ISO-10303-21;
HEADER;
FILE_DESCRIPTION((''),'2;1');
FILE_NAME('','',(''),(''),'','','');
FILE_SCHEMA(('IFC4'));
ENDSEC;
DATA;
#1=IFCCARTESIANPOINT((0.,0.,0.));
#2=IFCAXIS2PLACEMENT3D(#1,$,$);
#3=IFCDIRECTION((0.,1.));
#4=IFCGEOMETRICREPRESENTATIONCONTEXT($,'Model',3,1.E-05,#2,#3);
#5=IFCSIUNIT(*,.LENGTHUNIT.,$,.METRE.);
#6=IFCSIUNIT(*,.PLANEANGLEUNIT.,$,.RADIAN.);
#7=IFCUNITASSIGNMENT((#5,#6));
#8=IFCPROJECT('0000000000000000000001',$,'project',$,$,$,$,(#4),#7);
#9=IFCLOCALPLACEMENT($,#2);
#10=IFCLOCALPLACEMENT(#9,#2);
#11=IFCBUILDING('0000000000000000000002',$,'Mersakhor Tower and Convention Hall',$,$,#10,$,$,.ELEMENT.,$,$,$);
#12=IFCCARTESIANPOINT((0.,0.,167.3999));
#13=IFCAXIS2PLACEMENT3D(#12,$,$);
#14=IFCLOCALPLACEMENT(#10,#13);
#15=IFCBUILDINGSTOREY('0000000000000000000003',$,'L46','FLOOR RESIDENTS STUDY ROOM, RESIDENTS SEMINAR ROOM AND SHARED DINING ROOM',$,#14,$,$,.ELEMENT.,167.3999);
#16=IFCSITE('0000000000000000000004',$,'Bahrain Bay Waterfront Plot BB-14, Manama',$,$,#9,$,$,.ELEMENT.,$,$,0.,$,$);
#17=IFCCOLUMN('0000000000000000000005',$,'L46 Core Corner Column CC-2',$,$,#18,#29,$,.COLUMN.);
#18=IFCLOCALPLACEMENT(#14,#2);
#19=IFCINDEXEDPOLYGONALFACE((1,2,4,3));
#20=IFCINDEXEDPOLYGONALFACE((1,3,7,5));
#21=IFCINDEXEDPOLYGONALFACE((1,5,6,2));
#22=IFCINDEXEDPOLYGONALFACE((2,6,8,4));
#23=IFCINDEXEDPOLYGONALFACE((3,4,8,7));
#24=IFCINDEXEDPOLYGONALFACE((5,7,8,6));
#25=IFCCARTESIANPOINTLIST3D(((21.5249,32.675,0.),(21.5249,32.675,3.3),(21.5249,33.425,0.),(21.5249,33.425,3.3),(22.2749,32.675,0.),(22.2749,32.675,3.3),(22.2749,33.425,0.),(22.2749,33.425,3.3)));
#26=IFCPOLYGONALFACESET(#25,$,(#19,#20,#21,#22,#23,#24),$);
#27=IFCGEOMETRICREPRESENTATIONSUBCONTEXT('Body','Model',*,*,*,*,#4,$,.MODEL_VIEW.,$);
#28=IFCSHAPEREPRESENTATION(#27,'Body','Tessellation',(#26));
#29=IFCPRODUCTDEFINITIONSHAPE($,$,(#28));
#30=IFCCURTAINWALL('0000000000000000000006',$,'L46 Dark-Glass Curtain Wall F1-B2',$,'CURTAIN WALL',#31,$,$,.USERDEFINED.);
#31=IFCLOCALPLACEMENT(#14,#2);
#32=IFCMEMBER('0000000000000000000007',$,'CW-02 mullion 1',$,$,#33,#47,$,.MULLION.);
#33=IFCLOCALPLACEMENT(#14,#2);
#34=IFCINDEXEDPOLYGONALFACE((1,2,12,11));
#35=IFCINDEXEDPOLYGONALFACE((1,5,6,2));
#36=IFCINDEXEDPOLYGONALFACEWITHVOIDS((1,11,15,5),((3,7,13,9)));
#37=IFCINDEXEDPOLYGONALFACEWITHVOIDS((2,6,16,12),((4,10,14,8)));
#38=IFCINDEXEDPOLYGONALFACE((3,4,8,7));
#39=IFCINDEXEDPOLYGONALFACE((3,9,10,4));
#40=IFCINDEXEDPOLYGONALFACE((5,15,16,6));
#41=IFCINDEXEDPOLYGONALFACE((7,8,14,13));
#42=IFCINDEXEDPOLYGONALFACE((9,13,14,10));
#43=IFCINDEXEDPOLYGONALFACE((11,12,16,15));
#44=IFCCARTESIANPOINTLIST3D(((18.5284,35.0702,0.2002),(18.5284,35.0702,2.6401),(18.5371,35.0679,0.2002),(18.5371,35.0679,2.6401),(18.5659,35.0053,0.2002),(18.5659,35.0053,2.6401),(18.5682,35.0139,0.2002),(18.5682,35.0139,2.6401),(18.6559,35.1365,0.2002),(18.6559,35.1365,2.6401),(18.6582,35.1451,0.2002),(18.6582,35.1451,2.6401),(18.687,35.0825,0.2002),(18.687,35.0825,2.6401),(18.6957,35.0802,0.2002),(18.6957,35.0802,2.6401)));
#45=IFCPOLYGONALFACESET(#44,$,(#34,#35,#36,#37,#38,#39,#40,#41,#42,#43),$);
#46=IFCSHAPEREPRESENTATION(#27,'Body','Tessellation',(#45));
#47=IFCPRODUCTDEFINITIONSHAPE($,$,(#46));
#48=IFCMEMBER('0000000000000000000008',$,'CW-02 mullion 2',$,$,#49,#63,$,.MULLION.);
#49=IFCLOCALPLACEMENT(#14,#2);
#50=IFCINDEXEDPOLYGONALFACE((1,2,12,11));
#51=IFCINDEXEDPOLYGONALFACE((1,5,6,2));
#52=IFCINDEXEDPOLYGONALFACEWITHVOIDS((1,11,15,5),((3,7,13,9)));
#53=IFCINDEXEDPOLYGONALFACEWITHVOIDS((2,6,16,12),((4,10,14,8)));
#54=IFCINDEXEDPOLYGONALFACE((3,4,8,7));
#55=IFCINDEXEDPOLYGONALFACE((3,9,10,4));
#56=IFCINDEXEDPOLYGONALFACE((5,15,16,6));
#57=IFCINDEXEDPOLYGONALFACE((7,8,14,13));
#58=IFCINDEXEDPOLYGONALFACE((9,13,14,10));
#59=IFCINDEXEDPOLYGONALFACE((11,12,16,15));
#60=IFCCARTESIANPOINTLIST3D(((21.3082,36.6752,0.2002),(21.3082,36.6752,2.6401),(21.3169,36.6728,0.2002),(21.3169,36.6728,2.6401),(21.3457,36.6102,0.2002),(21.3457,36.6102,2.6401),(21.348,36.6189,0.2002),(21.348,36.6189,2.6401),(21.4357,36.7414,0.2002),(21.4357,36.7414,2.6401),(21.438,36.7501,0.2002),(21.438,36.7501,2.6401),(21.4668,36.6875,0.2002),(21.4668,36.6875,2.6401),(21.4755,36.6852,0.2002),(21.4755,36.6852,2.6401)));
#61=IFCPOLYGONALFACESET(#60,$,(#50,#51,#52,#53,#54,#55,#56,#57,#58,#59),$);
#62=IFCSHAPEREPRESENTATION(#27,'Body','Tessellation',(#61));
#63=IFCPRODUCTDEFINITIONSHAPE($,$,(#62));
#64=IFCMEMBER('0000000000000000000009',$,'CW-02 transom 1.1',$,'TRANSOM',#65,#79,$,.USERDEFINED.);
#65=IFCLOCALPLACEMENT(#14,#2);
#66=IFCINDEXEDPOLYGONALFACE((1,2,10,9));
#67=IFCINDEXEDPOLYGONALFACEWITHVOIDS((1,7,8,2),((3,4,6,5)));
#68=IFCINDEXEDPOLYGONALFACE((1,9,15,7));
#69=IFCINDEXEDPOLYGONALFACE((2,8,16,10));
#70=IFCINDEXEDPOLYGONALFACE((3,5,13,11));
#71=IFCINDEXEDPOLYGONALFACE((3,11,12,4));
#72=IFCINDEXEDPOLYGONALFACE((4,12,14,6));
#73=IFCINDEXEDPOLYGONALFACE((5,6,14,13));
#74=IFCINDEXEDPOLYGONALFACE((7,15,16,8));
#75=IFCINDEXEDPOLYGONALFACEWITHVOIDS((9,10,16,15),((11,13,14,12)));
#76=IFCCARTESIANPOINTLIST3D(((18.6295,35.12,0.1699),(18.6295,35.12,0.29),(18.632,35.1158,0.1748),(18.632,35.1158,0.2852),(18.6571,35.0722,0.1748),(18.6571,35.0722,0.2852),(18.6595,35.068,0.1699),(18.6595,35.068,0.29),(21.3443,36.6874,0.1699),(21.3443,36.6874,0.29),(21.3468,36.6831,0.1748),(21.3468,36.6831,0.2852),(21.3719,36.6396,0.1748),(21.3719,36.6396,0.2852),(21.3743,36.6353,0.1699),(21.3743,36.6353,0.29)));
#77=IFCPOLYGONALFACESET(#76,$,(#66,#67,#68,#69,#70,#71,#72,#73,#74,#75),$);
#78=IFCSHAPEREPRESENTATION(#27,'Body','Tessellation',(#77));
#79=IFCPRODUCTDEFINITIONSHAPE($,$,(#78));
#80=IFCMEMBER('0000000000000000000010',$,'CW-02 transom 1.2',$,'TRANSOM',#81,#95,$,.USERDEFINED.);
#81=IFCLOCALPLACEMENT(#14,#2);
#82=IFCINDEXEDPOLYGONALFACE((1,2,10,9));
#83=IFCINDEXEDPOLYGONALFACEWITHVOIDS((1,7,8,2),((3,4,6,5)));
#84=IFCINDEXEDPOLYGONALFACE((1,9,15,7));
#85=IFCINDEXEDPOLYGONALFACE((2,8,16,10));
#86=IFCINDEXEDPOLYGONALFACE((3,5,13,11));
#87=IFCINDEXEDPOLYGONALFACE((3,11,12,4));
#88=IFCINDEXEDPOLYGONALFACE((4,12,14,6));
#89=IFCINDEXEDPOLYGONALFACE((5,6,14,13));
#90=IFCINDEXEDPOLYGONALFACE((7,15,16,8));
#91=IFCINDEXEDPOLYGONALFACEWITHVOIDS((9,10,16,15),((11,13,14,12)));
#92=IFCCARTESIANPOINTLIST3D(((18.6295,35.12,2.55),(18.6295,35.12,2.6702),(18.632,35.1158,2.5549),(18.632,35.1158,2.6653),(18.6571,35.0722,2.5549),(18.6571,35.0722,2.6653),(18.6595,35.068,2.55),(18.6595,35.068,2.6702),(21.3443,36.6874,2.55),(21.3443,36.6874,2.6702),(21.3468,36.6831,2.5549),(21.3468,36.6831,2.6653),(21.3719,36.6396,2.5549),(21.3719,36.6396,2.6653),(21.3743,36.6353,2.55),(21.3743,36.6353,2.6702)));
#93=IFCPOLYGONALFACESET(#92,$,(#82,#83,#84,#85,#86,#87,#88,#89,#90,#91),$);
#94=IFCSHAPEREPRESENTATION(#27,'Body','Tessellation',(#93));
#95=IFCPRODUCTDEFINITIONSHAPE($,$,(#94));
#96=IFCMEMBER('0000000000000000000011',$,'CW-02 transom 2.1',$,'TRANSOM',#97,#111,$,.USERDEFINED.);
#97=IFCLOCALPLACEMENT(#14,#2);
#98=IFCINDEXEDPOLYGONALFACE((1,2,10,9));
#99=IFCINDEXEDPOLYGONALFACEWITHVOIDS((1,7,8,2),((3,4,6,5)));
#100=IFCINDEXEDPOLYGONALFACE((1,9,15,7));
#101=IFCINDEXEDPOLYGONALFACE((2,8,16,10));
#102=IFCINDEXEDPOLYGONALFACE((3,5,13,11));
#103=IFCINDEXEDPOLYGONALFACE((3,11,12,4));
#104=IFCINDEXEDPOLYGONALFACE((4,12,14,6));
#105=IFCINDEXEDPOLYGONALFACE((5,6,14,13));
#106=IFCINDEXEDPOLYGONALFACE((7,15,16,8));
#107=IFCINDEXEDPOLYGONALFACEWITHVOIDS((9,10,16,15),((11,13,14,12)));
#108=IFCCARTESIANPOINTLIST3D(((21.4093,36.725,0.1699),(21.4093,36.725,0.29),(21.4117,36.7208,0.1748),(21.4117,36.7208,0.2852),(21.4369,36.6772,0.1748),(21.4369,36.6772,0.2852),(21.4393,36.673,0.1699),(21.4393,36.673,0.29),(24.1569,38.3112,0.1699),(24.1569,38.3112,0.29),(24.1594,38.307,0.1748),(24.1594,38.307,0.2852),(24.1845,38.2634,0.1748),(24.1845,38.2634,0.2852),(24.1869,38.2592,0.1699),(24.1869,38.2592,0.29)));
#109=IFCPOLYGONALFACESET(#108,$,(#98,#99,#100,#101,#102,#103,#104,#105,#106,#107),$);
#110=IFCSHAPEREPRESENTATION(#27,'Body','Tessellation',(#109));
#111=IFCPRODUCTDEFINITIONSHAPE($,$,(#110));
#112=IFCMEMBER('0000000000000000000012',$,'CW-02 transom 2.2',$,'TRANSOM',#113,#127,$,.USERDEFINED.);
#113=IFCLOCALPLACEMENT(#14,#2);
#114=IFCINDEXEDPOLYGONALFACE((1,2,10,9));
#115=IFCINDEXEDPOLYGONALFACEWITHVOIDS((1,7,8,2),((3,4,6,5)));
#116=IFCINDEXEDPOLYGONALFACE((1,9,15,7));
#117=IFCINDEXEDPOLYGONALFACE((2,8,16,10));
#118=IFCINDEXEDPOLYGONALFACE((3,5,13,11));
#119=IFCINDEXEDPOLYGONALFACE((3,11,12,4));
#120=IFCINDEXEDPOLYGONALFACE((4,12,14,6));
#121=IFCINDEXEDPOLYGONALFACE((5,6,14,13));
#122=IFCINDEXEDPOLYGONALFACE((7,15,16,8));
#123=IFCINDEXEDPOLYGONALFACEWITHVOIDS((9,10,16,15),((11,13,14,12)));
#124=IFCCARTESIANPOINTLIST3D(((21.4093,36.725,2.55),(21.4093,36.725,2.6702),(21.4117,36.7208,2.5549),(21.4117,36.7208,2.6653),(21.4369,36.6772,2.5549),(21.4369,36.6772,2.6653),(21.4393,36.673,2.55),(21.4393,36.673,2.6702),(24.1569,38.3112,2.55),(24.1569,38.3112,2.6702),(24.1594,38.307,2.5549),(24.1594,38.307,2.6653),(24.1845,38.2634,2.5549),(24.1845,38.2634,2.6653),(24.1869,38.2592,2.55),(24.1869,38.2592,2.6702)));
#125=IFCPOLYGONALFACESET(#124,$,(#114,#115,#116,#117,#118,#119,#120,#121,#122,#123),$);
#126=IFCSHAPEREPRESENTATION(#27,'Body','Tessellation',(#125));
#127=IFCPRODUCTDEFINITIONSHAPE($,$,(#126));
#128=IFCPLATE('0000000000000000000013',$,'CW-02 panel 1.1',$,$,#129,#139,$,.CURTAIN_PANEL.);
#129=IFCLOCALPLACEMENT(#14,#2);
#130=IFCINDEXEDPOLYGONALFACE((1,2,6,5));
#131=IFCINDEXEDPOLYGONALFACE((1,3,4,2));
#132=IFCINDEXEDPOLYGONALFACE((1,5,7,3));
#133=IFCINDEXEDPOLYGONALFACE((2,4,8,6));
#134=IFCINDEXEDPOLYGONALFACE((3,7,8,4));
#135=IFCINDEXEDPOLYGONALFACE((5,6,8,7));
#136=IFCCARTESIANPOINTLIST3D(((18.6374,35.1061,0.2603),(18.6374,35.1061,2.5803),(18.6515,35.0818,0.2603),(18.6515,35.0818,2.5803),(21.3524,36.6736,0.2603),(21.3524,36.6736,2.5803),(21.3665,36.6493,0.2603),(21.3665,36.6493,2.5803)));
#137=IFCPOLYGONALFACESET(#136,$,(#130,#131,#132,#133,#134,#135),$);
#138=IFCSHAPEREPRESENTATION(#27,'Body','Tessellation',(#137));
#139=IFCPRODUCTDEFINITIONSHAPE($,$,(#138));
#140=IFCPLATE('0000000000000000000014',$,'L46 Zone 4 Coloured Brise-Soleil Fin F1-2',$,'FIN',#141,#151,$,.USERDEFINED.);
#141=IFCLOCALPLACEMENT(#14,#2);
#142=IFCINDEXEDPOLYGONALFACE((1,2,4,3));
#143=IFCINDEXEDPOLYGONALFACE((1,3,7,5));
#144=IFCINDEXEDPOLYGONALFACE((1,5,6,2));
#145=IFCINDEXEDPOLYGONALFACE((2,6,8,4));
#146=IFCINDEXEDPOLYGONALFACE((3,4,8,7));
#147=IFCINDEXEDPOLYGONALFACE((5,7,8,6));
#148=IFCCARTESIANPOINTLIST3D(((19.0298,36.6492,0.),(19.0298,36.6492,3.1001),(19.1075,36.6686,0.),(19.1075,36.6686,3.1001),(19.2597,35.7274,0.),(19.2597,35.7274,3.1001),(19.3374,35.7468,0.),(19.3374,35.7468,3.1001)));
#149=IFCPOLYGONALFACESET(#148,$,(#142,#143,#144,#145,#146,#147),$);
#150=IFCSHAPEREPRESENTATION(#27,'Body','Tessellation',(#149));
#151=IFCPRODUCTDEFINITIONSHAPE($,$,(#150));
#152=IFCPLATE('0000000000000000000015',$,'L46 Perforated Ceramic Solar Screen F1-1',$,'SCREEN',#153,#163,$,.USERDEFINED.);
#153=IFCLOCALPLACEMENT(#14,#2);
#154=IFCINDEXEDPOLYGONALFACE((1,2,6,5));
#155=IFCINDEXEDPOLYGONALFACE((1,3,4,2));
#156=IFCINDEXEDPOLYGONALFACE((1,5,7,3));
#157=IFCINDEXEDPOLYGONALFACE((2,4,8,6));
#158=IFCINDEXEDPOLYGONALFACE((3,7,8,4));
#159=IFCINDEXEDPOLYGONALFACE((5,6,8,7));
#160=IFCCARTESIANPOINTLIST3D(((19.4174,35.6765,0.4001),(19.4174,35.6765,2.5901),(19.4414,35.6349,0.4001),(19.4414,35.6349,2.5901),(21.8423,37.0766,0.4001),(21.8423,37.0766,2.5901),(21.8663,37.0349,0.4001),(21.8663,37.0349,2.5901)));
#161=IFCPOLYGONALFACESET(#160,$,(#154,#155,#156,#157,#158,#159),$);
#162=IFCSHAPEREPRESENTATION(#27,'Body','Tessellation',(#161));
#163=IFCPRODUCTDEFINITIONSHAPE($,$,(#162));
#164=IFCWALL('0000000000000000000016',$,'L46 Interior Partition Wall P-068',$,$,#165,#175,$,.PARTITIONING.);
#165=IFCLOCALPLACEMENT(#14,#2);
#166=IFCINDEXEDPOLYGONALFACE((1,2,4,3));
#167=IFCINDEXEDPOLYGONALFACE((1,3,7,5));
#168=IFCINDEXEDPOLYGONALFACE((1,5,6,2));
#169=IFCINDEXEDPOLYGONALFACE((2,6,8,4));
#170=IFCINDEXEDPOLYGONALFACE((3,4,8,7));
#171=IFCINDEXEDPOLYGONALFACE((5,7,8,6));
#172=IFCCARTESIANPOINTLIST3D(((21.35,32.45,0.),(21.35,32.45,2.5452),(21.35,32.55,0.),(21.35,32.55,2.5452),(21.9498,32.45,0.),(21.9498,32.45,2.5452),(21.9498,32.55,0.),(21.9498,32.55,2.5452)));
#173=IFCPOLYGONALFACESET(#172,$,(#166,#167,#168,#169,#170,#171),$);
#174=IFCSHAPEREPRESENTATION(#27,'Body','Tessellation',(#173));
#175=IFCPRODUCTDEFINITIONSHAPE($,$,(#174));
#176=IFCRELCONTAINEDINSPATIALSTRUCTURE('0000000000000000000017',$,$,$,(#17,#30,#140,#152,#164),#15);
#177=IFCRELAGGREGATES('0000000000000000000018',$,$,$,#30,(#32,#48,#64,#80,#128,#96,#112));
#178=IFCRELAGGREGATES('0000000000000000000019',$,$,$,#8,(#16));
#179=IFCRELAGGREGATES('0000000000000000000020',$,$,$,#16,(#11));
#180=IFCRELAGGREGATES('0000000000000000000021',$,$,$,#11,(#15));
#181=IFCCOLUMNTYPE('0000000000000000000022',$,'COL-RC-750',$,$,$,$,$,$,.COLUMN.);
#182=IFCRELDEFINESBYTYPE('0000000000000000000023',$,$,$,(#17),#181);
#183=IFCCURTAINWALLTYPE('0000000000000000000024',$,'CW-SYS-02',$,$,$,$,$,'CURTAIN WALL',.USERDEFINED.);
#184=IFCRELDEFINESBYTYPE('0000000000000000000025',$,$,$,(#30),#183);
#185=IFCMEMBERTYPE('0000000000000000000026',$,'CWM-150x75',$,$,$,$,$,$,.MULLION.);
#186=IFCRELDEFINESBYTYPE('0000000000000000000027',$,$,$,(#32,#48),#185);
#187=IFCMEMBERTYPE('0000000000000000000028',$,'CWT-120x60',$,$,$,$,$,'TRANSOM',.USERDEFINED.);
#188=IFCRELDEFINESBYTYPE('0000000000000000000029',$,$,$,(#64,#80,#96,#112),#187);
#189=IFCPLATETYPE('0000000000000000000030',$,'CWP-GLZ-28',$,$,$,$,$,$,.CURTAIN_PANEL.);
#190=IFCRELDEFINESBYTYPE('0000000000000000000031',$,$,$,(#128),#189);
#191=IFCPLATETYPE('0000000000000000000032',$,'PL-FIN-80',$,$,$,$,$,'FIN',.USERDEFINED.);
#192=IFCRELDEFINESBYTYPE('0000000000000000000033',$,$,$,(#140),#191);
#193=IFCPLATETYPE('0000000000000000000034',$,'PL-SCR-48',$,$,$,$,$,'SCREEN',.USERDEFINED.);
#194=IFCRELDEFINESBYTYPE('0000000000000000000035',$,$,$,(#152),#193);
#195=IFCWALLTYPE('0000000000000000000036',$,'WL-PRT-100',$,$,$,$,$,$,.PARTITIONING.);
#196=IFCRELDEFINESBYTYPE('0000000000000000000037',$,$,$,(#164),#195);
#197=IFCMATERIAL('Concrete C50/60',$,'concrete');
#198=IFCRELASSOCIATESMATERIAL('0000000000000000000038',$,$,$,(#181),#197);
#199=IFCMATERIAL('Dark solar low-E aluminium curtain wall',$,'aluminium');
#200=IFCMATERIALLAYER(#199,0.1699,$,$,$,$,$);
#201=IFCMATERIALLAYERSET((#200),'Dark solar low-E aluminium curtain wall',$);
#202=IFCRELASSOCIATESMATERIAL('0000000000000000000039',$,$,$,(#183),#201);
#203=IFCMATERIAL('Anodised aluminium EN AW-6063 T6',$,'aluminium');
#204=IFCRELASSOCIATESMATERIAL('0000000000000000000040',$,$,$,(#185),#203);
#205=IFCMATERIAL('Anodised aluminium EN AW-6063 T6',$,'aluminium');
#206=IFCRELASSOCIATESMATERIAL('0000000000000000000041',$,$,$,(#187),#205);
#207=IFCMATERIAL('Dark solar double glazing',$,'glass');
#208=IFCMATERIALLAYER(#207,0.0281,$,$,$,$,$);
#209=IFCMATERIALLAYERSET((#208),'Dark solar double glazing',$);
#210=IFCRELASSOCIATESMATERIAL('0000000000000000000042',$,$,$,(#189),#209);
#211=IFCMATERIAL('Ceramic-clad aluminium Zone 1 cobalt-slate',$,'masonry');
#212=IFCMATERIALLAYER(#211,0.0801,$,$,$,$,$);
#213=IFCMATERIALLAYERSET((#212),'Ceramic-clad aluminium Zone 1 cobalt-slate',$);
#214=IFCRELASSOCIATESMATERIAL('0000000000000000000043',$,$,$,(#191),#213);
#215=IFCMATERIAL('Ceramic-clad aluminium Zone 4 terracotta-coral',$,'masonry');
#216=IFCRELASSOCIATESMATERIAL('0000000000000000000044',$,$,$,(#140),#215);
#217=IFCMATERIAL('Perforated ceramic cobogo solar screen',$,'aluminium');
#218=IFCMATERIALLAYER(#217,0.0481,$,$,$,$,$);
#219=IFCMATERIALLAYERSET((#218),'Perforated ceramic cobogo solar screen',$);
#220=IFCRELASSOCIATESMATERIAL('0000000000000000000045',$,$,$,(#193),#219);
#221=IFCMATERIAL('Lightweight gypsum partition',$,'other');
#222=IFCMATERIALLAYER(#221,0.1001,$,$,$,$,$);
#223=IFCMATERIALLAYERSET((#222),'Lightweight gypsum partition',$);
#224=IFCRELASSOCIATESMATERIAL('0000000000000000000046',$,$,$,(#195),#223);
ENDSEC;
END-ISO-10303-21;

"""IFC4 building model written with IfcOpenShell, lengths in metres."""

from ifc_helpers import new_model, si_unit, direction, frame, frame_2d, origin, origin_2d, place, context, subcontext, project, spatial, rectangle, hollow_rectangle, extrude, material, layer, layer_set, material_profile, profile_set, type_object, element, aggregate, save


model = new_model("IFC4")

# Units and contexts
model_context = context("Model", 3, precision=1e-05, world=origin(), true_north=direction((0.0, 1.0)))
body_context = subcontext(model_context, "Body", "Model", "MODEL_VIEW")
ifc_project = project(units=[si_unit("LENGTHUNIT", "METRE"), si_unit("PLANEANGLEUNIT", "RADIAN")], contexts=[model_context])

# Site, building, storey
site_placement = place(None, origin())
site = spatial("IfcSite", under=ifc_project, at=site_placement, Name="Bahrain Bay Waterfront Plot BB-14, Manama", CompositionType="ELEMENT", RefElevation=0.0)
building_placement = place(site_placement, origin())
building = spatial("IfcBuilding", under=site, at=building_placement, Name="Mersakhor Tower and Convention Hall", CompositionType="ELEMENT")
storey_placement = place(building_placement, frame((0.0, 0.0, 167.3999)))
storey = spatial("IfcBuildingStorey", under=building, at=storey_placement, Name="L46", Description="FLOOR RESIDENTS STUDY ROOM, RESIDENTS SEMINAR ROOM AND SHARED DINING ROOM", CompositionType="ELEMENT", Elevation=167.3999)

# Column
ifc_material_1 = material(Name="Concrete C50/60", Category="concrete")
ifc_material_profile_1 = material_profile(ifc_material_1, rectangle(XDim=0.75, YDim=0.75, at=origin_2d()), Name="RC 750x750")
ifc_profile_set_1 = profile_set([ifc_material_profile_1], Name="Concrete C50/60")
column_type = type_object("IfcColumnType", Name="COL-RC-750", PredefinedType="COLUMN", material=ifc_profile_set_1)
column_placement = place(storey_placement, frame((21.8999, 33.05, 0.0), z_axis=(0.0, 0.0, 1.0), x_axis=(1.0, 0.0, 0.0)))
element("IfcColumn", 1, at=column_placement, inside=storey, type_object=column_type, Name="L46 Core Corner Column CC-2", PredefinedType="COLUMN", context=body_context, shape_type="SweptSolid", body=[
    extrude(rectangle(XDim=0.75, YDim=0.75, at=origin_2d()), origin(), (0.0, 0.0, 1.0), 3.3),
])

# Curtain wall, members, plate
ifc_material_2 = material(Name="Dark solar low-E aluminium curtain wall", Category="aluminium")
ifc_layer_1 = layer(ifc_material_2, 0.1699)
ifc_layer_set_1 = layer_set([ifc_layer_1], Name="Dark solar low-E aluminium curtain wall")
curtain_wall_type = type_object("IfcCurtainWallType", Name="CW-SYS-02", ElementType="CURTAIN WALL", PredefinedType="USERDEFINED", material=ifc_layer_set_1)
curtain_wall_placement = place(storey_placement, origin())
curtain_wall = element("IfcCurtainWall", 2, at=curtain_wall_placement, inside=storey, type_object=curtain_wall_type, Name="L46 Dark-Glass Curtain Wall F1-B2", ObjectType="CURTAIN WALL", PredefinedType="USERDEFINED")
ifc_material_3 = material(Name="Anodised aluminium EN AW-6063 T6", Category="aluminium")
ifc_material_profile_2 = material_profile(ifc_material_3, hollow_rectangle(XDim=0.075, YDim=0.1499, WallThickness=0.0063, at=origin_2d()), Name="RHS 150x75x6.3")
ifc_profile_set_2 = profile_set([ifc_material_profile_2], Name="Anodised aluminium EN AW-6063 T6")
member_type_1 = type_object("IfcMemberType", Name="CWM-150x75", PredefinedType="MULLION", material=ifc_profile_set_2)
member_1_placement = place(storey_placement, frame((18.6121, 35.0752, 0.2002), z_axis=(0.0, 0.0, 1.0), x_axis=(-0.499998, 0.866026, 0.0)))
member_1 = element("IfcMember", 3, at=member_1_placement, type_object=member_type_1, Name="CW-02 mullion 1", PredefinedType="MULLION", context=body_context, shape_type="SweptSolid", body=[
    extrude(hollow_rectangle(XDim=0.075, YDim=0.1499, WallThickness=0.0063, at=origin_2d()), origin(), (0.0, 0.0, 1.0), 2.4399),
])
member_2_placement = place(storey_placement, frame((21.3918, 36.6802, 0.2002), z_axis=(0.0, 0.0, 1.0), x_axis=(-0.499998, 0.866026, 0.0)))
member_2 = element("IfcMember", 4, at=member_2_placement, type_object=member_type_1, Name="CW-02 mullion 2", PredefinedType="MULLION", context=body_context, shape_type="SweptSolid", body=[
    extrude(hollow_rectangle(XDim=0.075, YDim=0.1499, WallThickness=0.0063, at=origin_2d()), origin(), (0.0, 0.0, 1.0), 2.4399),
])
ifc_material_4 = material(Name="Anodised aluminium EN AW-6063 T6", Category="aluminium")
ifc_material_profile_3 = material_profile(ifc_material_4, hollow_rectangle(XDim=0.0601, YDim=0.1201, WallThickness=0.0049, at=origin_2d()), Name="RHS 120x60x5")
ifc_profile_set_3 = profile_set([ifc_material_profile_3], Name="Anodised aluminium EN AW-6063 T6")
member_type_2 = type_object("IfcMemberType", Name="CWT-120x60", ElementType="TRANSOM", PredefinedType="USERDEFINED", material=ifc_profile_set_3)
member_3_placement = place(storey_placement, frame((18.6445, 35.094, 0.23), z_axis=(0.86603, 0.499992, 0.0), x_axis=(-0.499992, 0.86603, 0.0)))
member_3 = element("IfcMember", 5, at=member_3_placement, type_object=member_type_2, Name="CW-02 transom 1.1", ObjectType="TRANSOM", PredefinedType="USERDEFINED", context=body_context, shape_type="SweptSolid", body=[
    extrude(hollow_rectangle(XDim=0.0601, YDim=0.1201, WallThickness=0.0049, at=origin_2d()), origin(), (0.0, 0.0, 1.0), 3.1348),
])
member_4_placement = place(storey_placement, frame((18.6445, 35.094, 2.6101), z_axis=(0.86603, 0.499992, 0.0), x_axis=(-0.499992, 0.86603, 0.0)))
member_4 = element("IfcMember", 6, at=member_4_placement, type_object=member_type_2, Name="CW-02 transom 1.2", ObjectType="TRANSOM", PredefinedType="USERDEFINED", context=body_context, shape_type="SweptSolid", body=[
    extrude(hollow_rectangle(XDim=0.0601, YDim=0.1201, WallThickness=0.0049, at=origin_2d()), origin(), (0.0, 0.0, 1.0), 3.1348),
])
member_5_placement = place(storey_placement, frame((21.4243, 36.699, 0.23), z_axis=(0.866042, 0.499971, 0.0), x_axis=(-0.499971, 0.866042, 0.0)))
member_5 = element("IfcMember", 7, at=member_5_placement, type_object=member_type_2, Name="CW-02 transom 2.1", ObjectType="TRANSOM", PredefinedType="USERDEFINED", context=body_context, shape_type="SweptSolid", body=[
    extrude(hollow_rectangle(XDim=0.0601, YDim=0.1201, WallThickness=0.0049, at=origin_2d()), origin(), (0.0, 0.0, 1.0), 3.1726),
])
member_6_placement = place(storey_placement, frame((21.4243, 36.699, 2.6101), z_axis=(0.866042, 0.499971, 0.0), x_axis=(-0.499971, 0.866042, 0.0)))
member_6 = element("IfcMember", 8, at=member_6_placement, type_object=member_type_2, Name="CW-02 transom 2.2", ObjectType="TRANSOM", PredefinedType="USERDEFINED", context=body_context, shape_type="SweptSolid", body=[
    extrude(hollow_rectangle(XDim=0.0601, YDim=0.1201, WallThickness=0.0049, at=origin_2d()), origin(), (0.0, 0.0, 1.0), 3.1726),
])
ifc_material_5 = material(Name="Dark solar double glazing", Category="glass")
ifc_layer_2 = layer(ifc_material_5, 0.0281)
ifc_layer_set_2 = layer_set([ifc_layer_2], Name="Dark solar double glazing")
plate_type_1 = type_object("IfcPlateType", Name="CWP-GLZ-28", PredefinedType="CURTAIN_PANEL", material=ifc_layer_set_2)
plate_1_placement = place(storey_placement, frame((20.002, 35.8777, 0.2603), z_axis=(0.0, 0.0, 1.0), x_axis=(0.866026, 0.499998, 0.0)))
plate_1 = element("IfcPlate", 9, at=plate_1_placement, type_object=plate_type_1, Name="CW-02 panel 1.1", PredefinedType="CURTAIN_PANEL", context=body_context, shape_type="SweptSolid", body=[
    extrude(rectangle(XDim=3.135, YDim=0.0281, at=origin_2d()), origin(), (0.0, 0.0, 1.0), 2.3201),
])
aggregate(curtain_wall, [member_1, member_2, member_3, member_4, plate_1, member_5, member_6])

# Plates
ifc_material_6 = material(Name="Ceramic-clad aluminium Zone 4 terracotta-coral", Category="masonry")
ifc_material_7 = material(Name="Ceramic-clad aluminium Zone 1 cobalt-slate", Category="masonry")
ifc_layer_3 = layer(ifc_material_7, 0.0801)
ifc_layer_set_3 = layer_set([ifc_layer_3], Name="Ceramic-clad aluminium Zone 1 cobalt-slate")
plate_type_2 = type_object("IfcPlateType", Name="PL-FIN-80", ElementType="FIN", PredefinedType="USERDEFINED", material=ifc_layer_set_3)
plate_2_placement = place(storey_placement, frame((19.1836, 36.198, 0.0), z_axis=(0.0, 0.0, 1.0), x_axis=(-0.241922, 0.970296, 0.0)))
element("IfcPlate", 10, at=plate_2_placement, inside=storey, type_object=plate_type_2, material=ifc_material_6, Name="L46 Zone 4 Coloured Brise-Soleil Fin F1-2", ObjectType="FIN", PredefinedType="USERDEFINED", context=body_context, shape_type="SweptSolid", body=[
    extrude(rectangle(XDim=0.95, YDim=0.0801, at=origin_2d()), origin(), (0.0, 0.0, 1.0), 3.1001),
])
ifc_material_8 = material(Name="Perforated ceramic cobogo solar screen", Category="aluminium")
ifc_layer_4 = layer(ifc_material_8, 0.0481)
ifc_layer_set_4 = layer_set([ifc_layer_4], Name="Perforated ceramic cobogo solar screen")
plate_type_3 = type_object("IfcPlateType", Name="PL-SCR-48", ElementType="SCREEN", PredefinedType="USERDEFINED", material=ifc_layer_set_4)
plate_3_placement = place(storey_placement, frame((20.6418, 36.3557, 0.4001), z_axis=(0.0, 0.0, 1.0), x_axis=(0.866025, 0.5, 0.0)))
element("IfcPlate", 11, at=plate_3_placement, inside=storey, type_object=plate_type_3, Name="L46 Perforated Ceramic Solar Screen F1-1", ObjectType="SCREEN", PredefinedType="USERDEFINED", context=body_context, shape_type="SweptSolid", body=[
    extrude(rectangle(XDim=2.8, YDim=0.0481, at=origin_2d()), origin(), (0.0, 0.0, 1.0), 2.1899),
])

# Wall
ifc_material_9 = material(Name="Lightweight gypsum partition", Category="other")
ifc_layer_5 = layer(ifc_material_9, 0.1001)
ifc_layer_set_5 = layer_set([ifc_layer_5], Name="Lightweight gypsum partition")
wall_type_1 = type_object("IfcWallType", Name="WL-PRT-100", PredefinedType="PARTITIONING", material=ifc_layer_set_5)
wall_1_placement = place(storey_placement, frame((21.3501, 32.5, 0.0), z_axis=(0.0, 0.0, 1.0), x_axis=(1.0, 0.0, 0.0)))
element("IfcWall", 12, at=wall_1_placement, inside=storey, type_object=wall_type_1, Name="L46 Interior Partition Wall P-068", PredefinedType="PARTITIONING", context=body_context, shape_type="SweptSolid", body=[
    extrude(rectangle(XDim=0.5999, YDim=0.1001, at=frame_2d((0.2998, 0.0))), origin(), (0.0, 0.0, 1.0), 2.5452),
])

save(model, "model.ifc")
